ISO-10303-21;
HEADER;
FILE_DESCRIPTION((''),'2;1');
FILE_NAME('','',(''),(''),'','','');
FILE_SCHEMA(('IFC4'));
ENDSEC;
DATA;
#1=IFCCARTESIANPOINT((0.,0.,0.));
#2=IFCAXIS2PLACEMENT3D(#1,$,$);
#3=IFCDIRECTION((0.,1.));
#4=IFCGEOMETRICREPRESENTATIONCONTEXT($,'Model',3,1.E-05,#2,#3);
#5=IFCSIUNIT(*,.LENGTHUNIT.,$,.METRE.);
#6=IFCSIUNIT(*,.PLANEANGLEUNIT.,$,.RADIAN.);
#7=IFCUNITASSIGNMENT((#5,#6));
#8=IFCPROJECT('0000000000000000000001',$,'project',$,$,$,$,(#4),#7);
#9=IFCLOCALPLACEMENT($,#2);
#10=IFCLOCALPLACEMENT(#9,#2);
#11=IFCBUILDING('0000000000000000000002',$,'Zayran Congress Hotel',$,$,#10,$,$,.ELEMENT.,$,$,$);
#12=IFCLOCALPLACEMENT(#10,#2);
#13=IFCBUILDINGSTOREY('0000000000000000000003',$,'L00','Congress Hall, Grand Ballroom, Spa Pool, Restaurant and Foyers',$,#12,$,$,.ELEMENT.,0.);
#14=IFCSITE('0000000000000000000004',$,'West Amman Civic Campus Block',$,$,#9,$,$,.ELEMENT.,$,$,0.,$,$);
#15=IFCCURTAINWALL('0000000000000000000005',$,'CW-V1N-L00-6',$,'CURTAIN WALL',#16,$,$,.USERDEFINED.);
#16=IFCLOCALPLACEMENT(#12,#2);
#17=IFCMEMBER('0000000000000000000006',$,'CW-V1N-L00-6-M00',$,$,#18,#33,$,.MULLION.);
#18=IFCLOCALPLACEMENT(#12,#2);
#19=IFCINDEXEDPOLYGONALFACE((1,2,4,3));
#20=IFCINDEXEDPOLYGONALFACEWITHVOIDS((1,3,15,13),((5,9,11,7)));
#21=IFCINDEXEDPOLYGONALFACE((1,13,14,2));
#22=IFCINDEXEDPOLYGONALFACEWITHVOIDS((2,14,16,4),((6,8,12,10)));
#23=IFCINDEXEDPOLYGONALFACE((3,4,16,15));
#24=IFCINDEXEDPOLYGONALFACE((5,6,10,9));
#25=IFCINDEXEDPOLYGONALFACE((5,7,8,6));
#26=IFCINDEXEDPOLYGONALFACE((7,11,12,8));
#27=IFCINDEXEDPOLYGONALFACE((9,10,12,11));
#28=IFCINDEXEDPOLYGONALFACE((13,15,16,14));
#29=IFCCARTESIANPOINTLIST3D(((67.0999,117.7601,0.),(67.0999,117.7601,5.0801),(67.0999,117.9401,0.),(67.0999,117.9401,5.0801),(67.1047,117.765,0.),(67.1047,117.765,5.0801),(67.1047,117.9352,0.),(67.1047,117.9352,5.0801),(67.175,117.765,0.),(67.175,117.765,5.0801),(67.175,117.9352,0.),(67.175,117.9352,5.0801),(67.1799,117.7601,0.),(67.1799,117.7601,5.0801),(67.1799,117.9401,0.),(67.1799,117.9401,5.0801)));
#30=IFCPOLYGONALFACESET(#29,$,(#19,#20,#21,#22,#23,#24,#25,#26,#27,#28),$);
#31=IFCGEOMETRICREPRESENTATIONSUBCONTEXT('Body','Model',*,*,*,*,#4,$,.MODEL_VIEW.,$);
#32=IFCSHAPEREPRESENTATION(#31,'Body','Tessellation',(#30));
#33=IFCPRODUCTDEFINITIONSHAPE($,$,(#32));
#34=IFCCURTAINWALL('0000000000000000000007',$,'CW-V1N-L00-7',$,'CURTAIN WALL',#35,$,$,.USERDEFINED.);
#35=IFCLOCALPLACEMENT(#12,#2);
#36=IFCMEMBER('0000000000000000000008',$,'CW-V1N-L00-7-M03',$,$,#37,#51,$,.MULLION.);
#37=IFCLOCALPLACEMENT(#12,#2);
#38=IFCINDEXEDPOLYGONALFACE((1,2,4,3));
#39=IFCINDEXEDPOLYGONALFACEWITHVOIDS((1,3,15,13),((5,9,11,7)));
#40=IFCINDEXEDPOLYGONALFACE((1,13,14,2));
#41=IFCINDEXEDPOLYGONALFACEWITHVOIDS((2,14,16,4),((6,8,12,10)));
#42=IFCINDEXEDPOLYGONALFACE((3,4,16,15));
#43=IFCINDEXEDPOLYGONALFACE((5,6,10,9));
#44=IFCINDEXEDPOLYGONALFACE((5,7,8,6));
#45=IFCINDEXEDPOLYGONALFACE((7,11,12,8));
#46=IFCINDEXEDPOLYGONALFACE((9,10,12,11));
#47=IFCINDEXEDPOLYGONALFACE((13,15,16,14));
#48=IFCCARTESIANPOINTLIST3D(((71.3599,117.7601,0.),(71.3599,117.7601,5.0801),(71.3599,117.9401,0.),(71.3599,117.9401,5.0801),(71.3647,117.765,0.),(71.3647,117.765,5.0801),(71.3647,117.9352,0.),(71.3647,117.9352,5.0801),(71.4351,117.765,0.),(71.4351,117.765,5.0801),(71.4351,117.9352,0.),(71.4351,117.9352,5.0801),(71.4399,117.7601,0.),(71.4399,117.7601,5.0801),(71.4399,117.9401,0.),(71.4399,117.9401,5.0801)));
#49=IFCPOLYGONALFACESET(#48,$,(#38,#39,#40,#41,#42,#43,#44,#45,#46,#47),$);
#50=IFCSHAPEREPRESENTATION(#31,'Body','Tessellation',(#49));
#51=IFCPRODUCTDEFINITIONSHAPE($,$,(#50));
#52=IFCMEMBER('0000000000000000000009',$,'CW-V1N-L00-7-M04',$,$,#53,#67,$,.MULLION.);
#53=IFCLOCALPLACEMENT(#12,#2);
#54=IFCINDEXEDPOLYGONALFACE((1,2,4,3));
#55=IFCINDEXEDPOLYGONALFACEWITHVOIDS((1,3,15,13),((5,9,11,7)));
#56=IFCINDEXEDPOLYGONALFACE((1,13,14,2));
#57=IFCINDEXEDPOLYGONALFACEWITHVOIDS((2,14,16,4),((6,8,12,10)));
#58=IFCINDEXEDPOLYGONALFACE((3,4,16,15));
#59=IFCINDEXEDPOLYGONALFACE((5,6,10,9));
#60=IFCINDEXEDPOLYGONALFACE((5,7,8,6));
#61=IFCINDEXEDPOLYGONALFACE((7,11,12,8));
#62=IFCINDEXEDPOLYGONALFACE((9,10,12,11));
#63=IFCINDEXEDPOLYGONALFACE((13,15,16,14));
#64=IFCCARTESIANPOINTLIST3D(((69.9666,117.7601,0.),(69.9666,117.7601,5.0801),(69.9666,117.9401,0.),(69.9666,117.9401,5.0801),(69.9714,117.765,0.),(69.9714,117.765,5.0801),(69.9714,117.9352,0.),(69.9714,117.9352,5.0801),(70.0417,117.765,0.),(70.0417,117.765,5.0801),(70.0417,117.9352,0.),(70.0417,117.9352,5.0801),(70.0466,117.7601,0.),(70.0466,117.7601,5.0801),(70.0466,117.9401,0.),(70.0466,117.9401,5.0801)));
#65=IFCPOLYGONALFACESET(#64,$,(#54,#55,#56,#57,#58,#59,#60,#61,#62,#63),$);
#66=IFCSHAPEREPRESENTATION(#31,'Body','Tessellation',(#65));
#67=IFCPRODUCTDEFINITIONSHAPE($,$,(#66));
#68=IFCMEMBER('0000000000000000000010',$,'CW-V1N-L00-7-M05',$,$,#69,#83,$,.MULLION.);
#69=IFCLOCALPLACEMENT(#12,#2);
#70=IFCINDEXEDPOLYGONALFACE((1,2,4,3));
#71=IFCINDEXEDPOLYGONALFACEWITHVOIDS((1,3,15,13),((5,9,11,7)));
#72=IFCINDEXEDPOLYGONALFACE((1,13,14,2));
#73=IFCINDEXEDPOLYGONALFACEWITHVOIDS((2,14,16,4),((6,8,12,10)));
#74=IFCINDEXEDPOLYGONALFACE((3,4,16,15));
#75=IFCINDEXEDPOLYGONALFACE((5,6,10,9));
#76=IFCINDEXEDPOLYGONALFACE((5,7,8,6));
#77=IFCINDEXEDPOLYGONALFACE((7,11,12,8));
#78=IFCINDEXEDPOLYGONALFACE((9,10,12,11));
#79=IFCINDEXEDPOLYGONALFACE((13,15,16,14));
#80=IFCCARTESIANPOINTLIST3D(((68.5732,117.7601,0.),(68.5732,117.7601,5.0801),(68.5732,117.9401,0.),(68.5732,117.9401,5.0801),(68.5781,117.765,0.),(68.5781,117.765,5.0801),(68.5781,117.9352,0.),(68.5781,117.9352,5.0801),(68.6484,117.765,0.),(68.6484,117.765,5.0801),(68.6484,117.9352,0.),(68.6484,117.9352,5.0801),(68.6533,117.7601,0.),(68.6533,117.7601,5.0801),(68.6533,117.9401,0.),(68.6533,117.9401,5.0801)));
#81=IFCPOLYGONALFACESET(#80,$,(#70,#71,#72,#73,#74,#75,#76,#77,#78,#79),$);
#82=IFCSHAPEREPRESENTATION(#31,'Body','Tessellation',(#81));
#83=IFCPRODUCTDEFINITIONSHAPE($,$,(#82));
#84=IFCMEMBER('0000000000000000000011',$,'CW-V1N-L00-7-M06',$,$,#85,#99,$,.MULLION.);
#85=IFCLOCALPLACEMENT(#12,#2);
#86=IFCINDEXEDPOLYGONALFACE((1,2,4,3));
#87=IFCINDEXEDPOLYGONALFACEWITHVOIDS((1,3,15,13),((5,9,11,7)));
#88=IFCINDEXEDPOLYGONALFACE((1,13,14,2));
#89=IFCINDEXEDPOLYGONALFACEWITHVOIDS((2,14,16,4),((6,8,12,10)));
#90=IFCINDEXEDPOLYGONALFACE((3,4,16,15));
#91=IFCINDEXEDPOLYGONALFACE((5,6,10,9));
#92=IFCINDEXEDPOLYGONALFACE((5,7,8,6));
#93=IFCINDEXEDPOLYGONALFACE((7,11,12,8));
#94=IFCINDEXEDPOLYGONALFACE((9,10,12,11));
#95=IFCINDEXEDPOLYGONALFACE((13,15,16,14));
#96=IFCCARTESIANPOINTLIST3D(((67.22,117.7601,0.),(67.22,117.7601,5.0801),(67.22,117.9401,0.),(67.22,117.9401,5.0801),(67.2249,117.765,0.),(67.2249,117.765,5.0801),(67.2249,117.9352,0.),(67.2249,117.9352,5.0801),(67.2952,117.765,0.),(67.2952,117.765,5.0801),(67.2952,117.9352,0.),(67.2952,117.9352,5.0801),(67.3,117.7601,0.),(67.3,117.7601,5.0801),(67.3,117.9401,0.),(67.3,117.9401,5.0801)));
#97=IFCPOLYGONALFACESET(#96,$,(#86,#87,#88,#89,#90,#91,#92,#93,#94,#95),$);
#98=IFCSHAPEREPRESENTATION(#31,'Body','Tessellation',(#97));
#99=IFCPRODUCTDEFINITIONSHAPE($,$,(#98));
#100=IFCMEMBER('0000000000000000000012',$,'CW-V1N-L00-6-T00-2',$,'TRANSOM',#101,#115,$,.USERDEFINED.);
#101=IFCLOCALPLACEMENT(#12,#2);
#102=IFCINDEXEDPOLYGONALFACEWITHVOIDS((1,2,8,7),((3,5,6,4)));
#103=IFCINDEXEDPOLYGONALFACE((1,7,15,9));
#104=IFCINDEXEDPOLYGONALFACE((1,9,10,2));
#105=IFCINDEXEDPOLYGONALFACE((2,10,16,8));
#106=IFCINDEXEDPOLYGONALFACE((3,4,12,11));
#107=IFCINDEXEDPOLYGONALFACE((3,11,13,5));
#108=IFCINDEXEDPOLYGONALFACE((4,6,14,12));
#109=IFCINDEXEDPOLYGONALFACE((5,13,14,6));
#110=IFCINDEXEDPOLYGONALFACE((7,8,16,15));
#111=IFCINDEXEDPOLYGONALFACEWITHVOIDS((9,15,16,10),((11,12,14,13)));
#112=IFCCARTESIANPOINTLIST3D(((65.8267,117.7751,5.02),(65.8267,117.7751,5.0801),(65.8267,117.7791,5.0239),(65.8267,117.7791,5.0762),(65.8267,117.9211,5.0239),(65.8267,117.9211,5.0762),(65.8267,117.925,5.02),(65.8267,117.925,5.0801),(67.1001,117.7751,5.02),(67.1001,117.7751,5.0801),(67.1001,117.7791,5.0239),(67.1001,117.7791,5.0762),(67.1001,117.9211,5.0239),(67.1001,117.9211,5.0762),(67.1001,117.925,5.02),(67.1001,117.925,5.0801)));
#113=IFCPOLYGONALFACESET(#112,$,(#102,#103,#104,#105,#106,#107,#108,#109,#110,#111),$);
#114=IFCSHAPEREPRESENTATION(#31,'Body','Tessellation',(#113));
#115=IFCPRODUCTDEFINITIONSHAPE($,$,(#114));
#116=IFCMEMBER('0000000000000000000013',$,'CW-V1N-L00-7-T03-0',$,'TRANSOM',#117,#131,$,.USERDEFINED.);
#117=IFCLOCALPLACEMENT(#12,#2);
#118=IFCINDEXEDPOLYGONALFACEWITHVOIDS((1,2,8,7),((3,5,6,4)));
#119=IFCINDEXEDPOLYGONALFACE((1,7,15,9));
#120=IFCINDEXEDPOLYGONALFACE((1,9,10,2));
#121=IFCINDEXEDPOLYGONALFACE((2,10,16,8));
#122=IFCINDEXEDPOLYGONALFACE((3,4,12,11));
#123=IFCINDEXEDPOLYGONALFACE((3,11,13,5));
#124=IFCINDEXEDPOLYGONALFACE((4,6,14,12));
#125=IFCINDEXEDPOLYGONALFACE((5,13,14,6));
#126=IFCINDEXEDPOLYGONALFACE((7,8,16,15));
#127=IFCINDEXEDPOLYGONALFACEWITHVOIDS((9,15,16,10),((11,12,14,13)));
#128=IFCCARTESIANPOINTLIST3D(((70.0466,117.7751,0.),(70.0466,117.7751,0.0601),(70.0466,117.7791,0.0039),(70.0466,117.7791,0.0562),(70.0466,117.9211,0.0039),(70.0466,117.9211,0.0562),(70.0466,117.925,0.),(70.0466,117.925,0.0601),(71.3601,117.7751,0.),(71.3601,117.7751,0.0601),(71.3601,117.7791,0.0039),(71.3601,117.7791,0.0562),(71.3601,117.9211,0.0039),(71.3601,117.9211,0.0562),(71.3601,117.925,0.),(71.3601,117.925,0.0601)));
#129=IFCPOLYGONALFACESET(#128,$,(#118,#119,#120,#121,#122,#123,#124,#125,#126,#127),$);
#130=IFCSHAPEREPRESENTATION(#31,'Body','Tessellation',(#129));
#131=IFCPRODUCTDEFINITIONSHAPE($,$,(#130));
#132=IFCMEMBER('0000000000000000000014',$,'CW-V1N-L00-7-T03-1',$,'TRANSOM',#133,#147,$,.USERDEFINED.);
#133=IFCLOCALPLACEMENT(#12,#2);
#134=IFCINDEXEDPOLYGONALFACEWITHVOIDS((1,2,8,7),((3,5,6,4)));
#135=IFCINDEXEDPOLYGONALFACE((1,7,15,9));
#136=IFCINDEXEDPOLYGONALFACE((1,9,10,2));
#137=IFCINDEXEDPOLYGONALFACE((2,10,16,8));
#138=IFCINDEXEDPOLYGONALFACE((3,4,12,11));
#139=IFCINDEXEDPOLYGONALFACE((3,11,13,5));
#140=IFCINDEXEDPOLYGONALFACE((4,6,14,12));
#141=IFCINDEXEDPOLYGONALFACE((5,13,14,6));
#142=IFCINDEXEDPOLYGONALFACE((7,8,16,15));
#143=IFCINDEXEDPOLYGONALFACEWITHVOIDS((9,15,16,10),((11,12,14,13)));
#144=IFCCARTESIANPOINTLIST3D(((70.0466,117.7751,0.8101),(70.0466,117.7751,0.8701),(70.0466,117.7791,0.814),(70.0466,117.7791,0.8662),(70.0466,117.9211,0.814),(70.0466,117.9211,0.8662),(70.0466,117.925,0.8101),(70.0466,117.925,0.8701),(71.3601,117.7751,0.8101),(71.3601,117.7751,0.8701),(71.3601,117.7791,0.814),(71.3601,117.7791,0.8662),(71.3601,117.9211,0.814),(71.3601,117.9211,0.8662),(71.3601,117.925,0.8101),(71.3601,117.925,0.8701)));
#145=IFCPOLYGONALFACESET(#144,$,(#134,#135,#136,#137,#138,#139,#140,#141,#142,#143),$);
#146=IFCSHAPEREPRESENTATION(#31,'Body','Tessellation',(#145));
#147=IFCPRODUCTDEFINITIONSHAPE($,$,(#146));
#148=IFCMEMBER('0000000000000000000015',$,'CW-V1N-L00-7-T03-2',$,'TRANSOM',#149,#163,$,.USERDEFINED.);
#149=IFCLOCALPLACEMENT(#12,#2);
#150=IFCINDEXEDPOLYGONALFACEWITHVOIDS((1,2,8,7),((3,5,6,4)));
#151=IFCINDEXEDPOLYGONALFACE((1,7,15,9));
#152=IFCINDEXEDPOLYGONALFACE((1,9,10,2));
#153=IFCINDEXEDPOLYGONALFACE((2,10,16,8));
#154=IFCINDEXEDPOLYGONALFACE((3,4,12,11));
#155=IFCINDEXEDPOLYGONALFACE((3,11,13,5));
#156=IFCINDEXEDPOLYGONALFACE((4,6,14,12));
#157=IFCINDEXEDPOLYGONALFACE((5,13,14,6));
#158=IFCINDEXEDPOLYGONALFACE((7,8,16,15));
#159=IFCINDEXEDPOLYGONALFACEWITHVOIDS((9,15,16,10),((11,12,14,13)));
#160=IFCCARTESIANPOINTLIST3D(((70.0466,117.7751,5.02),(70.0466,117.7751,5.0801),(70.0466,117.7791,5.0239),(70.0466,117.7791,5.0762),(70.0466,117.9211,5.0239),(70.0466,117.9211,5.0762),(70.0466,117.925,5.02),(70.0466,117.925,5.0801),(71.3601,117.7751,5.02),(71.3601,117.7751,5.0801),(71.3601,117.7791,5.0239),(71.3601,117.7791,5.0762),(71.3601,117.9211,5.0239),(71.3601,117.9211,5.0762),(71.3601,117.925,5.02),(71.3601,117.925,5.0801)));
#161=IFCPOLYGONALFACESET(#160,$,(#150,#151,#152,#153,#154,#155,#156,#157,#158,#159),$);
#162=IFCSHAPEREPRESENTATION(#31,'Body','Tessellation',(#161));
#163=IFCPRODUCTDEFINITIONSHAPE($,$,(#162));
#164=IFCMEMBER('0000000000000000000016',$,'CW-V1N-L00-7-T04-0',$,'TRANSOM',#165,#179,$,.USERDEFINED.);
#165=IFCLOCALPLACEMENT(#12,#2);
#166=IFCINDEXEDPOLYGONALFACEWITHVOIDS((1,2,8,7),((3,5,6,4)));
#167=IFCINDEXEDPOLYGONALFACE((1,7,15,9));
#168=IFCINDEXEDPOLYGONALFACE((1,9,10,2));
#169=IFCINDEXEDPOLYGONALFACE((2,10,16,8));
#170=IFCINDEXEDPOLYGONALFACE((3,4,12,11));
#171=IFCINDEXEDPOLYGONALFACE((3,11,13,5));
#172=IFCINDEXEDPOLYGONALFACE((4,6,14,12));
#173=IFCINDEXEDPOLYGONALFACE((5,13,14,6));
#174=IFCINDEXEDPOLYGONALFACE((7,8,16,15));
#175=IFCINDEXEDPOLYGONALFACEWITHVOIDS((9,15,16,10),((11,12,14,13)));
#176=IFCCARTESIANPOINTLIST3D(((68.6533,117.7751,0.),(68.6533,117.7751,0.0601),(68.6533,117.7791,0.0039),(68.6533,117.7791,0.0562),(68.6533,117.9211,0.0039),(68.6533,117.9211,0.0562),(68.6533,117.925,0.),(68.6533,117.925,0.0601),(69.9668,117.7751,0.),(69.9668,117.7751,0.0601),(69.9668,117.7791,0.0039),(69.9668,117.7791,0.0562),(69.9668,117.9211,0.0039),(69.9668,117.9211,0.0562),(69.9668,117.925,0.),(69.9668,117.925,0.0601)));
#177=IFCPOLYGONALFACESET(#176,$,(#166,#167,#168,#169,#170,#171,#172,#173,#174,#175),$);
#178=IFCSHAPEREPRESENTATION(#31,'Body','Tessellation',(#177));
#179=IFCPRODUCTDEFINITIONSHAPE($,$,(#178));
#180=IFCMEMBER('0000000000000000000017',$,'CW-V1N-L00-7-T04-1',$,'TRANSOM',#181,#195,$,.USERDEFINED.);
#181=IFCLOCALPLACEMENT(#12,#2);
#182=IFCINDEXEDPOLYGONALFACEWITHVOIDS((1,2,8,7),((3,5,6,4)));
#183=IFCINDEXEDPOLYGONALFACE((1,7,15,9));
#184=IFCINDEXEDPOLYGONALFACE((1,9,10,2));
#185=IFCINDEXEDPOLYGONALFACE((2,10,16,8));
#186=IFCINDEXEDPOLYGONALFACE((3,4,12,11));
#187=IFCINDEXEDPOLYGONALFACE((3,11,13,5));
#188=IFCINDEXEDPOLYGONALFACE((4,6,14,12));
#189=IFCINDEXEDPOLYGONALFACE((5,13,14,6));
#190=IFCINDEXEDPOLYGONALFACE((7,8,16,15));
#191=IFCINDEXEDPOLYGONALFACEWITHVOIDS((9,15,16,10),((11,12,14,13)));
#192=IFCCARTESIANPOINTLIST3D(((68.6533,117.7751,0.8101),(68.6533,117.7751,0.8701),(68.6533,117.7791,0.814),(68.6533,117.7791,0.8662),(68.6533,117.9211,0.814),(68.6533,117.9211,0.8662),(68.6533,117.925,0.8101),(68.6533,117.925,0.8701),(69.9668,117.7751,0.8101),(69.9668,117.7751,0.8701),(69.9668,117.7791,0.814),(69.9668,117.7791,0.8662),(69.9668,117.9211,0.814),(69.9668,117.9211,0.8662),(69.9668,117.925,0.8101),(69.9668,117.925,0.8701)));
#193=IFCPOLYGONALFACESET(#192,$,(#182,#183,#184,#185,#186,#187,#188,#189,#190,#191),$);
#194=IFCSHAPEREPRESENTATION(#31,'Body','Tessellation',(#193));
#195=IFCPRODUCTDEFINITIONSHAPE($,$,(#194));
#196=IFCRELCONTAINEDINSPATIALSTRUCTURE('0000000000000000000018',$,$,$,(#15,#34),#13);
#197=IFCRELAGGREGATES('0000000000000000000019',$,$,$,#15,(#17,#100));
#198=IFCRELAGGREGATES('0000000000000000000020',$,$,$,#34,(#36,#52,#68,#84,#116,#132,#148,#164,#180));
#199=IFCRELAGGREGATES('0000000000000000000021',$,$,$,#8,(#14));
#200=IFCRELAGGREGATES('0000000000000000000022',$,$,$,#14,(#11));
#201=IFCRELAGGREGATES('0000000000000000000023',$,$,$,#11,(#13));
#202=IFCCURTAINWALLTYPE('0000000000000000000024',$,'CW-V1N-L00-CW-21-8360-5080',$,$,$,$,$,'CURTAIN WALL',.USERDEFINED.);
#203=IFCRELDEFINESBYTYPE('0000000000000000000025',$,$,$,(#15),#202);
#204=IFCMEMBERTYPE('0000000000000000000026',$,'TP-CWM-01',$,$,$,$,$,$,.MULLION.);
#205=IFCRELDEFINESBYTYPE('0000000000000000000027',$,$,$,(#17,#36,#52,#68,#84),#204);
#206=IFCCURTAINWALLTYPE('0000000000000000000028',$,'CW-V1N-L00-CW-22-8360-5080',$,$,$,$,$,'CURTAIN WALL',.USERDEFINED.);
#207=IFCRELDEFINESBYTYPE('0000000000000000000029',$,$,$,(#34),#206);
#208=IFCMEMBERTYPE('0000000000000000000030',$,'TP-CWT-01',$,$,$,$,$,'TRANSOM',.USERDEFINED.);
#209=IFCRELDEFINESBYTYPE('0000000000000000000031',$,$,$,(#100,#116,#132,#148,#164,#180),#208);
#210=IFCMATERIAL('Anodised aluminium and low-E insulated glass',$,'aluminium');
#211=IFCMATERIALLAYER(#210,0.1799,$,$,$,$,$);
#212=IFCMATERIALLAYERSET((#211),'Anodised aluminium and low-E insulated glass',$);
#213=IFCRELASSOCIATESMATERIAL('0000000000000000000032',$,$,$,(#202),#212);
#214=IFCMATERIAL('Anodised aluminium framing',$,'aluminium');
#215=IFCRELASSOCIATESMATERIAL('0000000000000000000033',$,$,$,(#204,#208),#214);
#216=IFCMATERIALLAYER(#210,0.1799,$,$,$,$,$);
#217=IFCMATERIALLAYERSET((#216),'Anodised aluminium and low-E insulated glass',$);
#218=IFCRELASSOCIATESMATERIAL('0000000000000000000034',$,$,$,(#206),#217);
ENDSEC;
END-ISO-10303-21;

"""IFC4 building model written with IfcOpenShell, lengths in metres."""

from ifc_helpers import new_model, si_unit, direction, frame, origin, origin_2d, place, context, subcontext, project, spatial, hollow_rectangle, extrude, material, layer, layer_set, material_profile, profile_set, type_object, element, aggregate, save


model = new_model("IFC4")

# Units and contexts
model_context = context("Model", 3, precision=1e-05, world=origin(), true_north=direction((0.0, 1.0)))
body_context = subcontext(model_context, "Body", "Model", "MODEL_VIEW")
ifc_project = project(units=[si_unit("LENGTHUNIT", "METRE"), si_unit("PLANEANGLEUNIT", "RADIAN")], contexts=[model_context])

# Site, building, storey
site_placement = place(None, origin())
site = spatial("IfcSite", under=ifc_project, at=site_placement, Name="West Amman Civic Campus Block", CompositionType="ELEMENT", RefElevation=0.0)
building_placement = place(site_placement, origin())
building = spatial("IfcBuilding", under=site, at=building_placement, Name="Zayran Congress Hotel", CompositionType="ELEMENT")
storey_placement = place(building_placement, origin())
storey = spatial("IfcBuildingStorey", under=building, at=storey_placement, Name="L00", Description="Congress Hall, Grand Ballroom, Spa Pool, Restaurant and Foyers", CompositionType="ELEMENT", Elevation=0.0)

# Curtain wall, member
ifc_material_1 = material(Name="Anodised aluminium and low-E insulated glass", Category="aluminium")
ifc_layer_1 = layer(ifc_material_1, 0.1799)
ifc_layer_set_1 = layer_set([ifc_layer_1], Name="Anodised aluminium and low-E insulated glass")
curtain_wall_type_1 = type_object("IfcCurtainWallType", Name="CW-V1N-L00-CW-21-8360-5080", ElementType="CURTAIN WALL", PredefinedType="USERDEFINED", material=ifc_layer_set_1)
curtain_wall_1_placement = place(storey_placement, origin())
curtain_wall_1 = element("IfcCurtainWall", 1, at=curtain_wall_1_placement, inside=storey, type_object=curtain_wall_type_1, Name="CW-V1N-L00-6", ObjectType="CURTAIN WALL", PredefinedType="USERDEFINED")
ifc_material_2 = material(Name="Anodised aluminium framing", Category="aluminium")
ifc_material_profile_1 = material_profile(ifc_material_2, hollow_rectangle(XDim=0.0801, YDim=0.1799, WallThickness=0.0049, at=origin_2d()), Name="RHS 180x80x5")
ifc_profile_set_1 = profile_set([ifc_material_profile_1], Name="Anodised aluminium framing")
member_type_1 = type_object("IfcMemberType", Name="TP-CWM-01", PredefinedType="MULLION", material=ifc_profile_set_1)
member_1_placement = place(storey_placement, frame((67.1399, 117.8501, 0.0), z_axis=(0.0, 0.0, 1.0), x_axis=(1.0, 0.0, 0.0)))
member_1 = element("IfcMember", 2, at=member_1_placement, type_object=member_type_1, Name="CW-V1N-L00-6-M00", PredefinedType="MULLION", context=body_context, shape_type="SweptSolid", body=[
    extrude(hollow_rectangle(XDim=0.0801, YDim=0.1799, WallThickness=0.0049, at=origin_2d()), origin(), (0.0, 0.0, 1.0), 5.0801),
])

# Curtain wall, members
ifc_layer_2 = layer(ifc_material_1, 0.1799)
ifc_layer_set_2 = layer_set([ifc_layer_2], Name="Anodised aluminium and low-E insulated glass")
curtain_wall_type_2 = type_object("IfcCurtainWallType", Name="CW-V1N-L00-CW-22-8360-5080", ElementType="CURTAIN WALL", PredefinedType="USERDEFINED", material=ifc_layer_set_2)
curtain_wall_2_placement = place(storey_placement, origin())
curtain_wall_2 = element("IfcCurtainWall", 3, at=curtain_wall_2_placement, inside=storey, type_object=curtain_wall_type_2, Name="CW-V1N-L00-7", ObjectType="CURTAIN WALL", PredefinedType="USERDEFINED")
member_2_placement = place(storey_placement, frame((71.3999, 117.8501, 0.0), z_axis=(0.0, 0.0, 1.0), x_axis=(1.0, 0.0, 0.0)))
member_2 = element("IfcMember", 4, at=member_2_placement, type_object=member_type_1, Name="CW-V1N-L00-7-M03", PredefinedType="MULLION", context=body_context, shape_type="SweptSolid", body=[
    extrude(hollow_rectangle(XDim=0.0801, YDim=0.1799, WallThickness=0.0049, at=origin_2d()), origin(), (0.0, 0.0, 1.0), 5.0801),
])
member_3_placement = place(storey_placement, frame((70.0066, 117.8501, 0.0), z_axis=(0.0, 0.0, 1.0), x_axis=(1.0, 0.0, 0.0)))
member_3 = element("IfcMember", 5, at=member_3_placement, type_object=member_type_1, Name="CW-V1N-L00-7-M04", PredefinedType="MULLION", context=body_context, shape_type="SweptSolid", body=[
    extrude(hollow_rectangle(XDim=0.0801, YDim=0.1799, WallThickness=0.0049, at=origin_2d()), origin(), (0.0, 0.0, 1.0), 5.0801),
])
member_4_placement = place(storey_placement, frame((68.6133, 117.8501, 0.0), z_axis=(0.0, 0.0, 1.0), x_axis=(1.0, 0.0, 0.0)))
member_4 = element("IfcMember", 6, at=member_4_placement, type_object=member_type_1, Name="CW-V1N-L00-7-M05", PredefinedType="MULLION", context=body_context, shape_type="SweptSolid", body=[
    extrude(hollow_rectangle(XDim=0.0801, YDim=0.1799, WallThickness=0.0049, at=origin_2d()), origin(), (0.0, 0.0, 1.0), 5.0801),
])
member_5_placement = place(storey_placement, frame((67.26, 117.8501, 0.0), z_axis=(0.0, 0.0, 1.0), x_axis=(1.0, 0.0, 0.0)))
member_5 = element("IfcMember", 7, at=member_5_placement, type_object=member_type_1, Name="CW-V1N-L00-7-M06", PredefinedType="MULLION", context=body_context, shape_type="SweptSolid", body=[
    extrude(hollow_rectangle(XDim=0.0801, YDim=0.1799, WallThickness=0.0049, at=origin_2d()), origin(), (0.0, 0.0, 1.0), 5.0801),
])

# Members
ifc_material_profile_2 = material_profile(ifc_material_2, hollow_rectangle(XDim=0.0601, YDim=0.1499, WallThickness=0.0039, at=origin_2d()), Name="RHS 150x60x4")
ifc_profile_set_2 = profile_set([ifc_material_profile_2], Name="Anodised aluminium framing")
member_type_2 = type_object("IfcMemberType", Name="TP-CWT-01", ElementType="TRANSOM", PredefinedType="USERDEFINED", material=ifc_profile_set_2)
member_6_placement = place(storey_placement, frame((67.1001, 117.8501, 5.05), z_axis=(-1.0, 0.0, 0.0), x_axis=(0.0, 0.0, 1.0)))
member_6 = element("IfcMember", 8, at=member_6_placement, type_object=member_type_2, Name="CW-V1N-L00-6-T00-2", ObjectType="TRANSOM", PredefinedType="USERDEFINED", context=body_context, shape_type="SweptSolid", body=[
    extrude(hollow_rectangle(XDim=0.0601, YDim=0.1499, WallThickness=0.0039, at=origin_2d()), origin(), (0.0, 0.0, 1.0), 1.2734),
])
aggregate(curtain_wall_1, [member_1, member_6])
member_7_placement = place(storey_placement, frame((71.3601, 117.8501, 0.03), z_axis=(-1.0, 0.0, 0.0), x_axis=(0.0, 0.0, 1.0)))
member_7 = element("IfcMember", 9, at=member_7_placement, type_object=member_type_2, Name="CW-V1N-L00-7-T03-0", ObjectType="TRANSOM", PredefinedType="USERDEFINED", context=body_context, shape_type="SweptSolid", body=[
    extrude(hollow_rectangle(XDim=0.0601, YDim=0.1499, WallThickness=0.0039, at=origin_2d()), origin(), (0.0, 0.0, 1.0), 1.3135),
])
member_8_placement = place(storey_placement, frame((71.3601, 117.8501, 0.8401), z_axis=(-1.0, 0.0, 0.0), x_axis=(0.0, 0.0, 1.0)))
member_8 = element("IfcMember", 10, at=member_8_placement, type_object=member_type_2, Name="CW-V1N-L00-7-T03-1", ObjectType="TRANSOM", PredefinedType="USERDEFINED", context=body_context, shape_type="SweptSolid", body=[
    extrude(hollow_rectangle(XDim=0.0601, YDim=0.1499, WallThickness=0.0039, at=origin_2d()), origin(), (0.0, 0.0, 1.0), 1.3135),
])
member_9_placement = place(storey_placement, frame((71.3601, 117.8501, 5.05), z_axis=(-1.0, 0.0, 0.0), x_axis=(0.0, 0.0, 1.0)))
member_9 = element("IfcMember", 11, at=member_9_placement, type_object=member_type_2, Name="CW-V1N-L00-7-T03-2", ObjectType="TRANSOM", PredefinedType="USERDEFINED", context=body_context, shape_type="SweptSolid", body=[
    extrude(hollow_rectangle(XDim=0.0601, YDim=0.1499, WallThickness=0.0039, at=origin_2d()), origin(), (0.0, 0.0, 1.0), 1.3135),
])
member_10_placement = place(storey_placement, frame((69.9668, 117.8501, 0.03), z_axis=(-1.0, 0.0, 0.0), x_axis=(0.0, 0.0, 1.0)))
member_10 = element("IfcMember", 12, at=member_10_placement, type_object=member_type_2, Name="CW-V1N-L00-7-T04-0", ObjectType="TRANSOM", PredefinedType="USERDEFINED", context=body_context, shape_type="SweptSolid", body=[
    extrude(hollow_rectangle(XDim=0.0601, YDim=0.1499, WallThickness=0.0039, at=origin_2d()), origin(), (0.0, 0.0, 1.0), 1.3135),
])
member_11_placement = place(storey_placement, frame((69.9668, 117.8501, 0.8401), z_axis=(-1.0, 0.0, 0.0), x_axis=(0.0, 0.0, 1.0)))
member_11 = element("IfcMember", 13, at=member_11_placement, type_object=member_type_2, Name="CW-V1N-L00-7-T04-1", ObjectType="TRANSOM", PredefinedType="USERDEFINED", context=body_context, shape_type="SweptSolid", body=[
    extrude(hollow_rectangle(XDim=0.0601, YDim=0.1499, WallThickness=0.0039, at=origin_2d()), origin(), (0.0, 0.0, 1.0), 1.3135),
])

aggregate(curtain_wall_2, [member_2, member_3, member_4, member_5, member_7, member_8, member_9, member_10, member_11])

save(model, "model.ifc")
